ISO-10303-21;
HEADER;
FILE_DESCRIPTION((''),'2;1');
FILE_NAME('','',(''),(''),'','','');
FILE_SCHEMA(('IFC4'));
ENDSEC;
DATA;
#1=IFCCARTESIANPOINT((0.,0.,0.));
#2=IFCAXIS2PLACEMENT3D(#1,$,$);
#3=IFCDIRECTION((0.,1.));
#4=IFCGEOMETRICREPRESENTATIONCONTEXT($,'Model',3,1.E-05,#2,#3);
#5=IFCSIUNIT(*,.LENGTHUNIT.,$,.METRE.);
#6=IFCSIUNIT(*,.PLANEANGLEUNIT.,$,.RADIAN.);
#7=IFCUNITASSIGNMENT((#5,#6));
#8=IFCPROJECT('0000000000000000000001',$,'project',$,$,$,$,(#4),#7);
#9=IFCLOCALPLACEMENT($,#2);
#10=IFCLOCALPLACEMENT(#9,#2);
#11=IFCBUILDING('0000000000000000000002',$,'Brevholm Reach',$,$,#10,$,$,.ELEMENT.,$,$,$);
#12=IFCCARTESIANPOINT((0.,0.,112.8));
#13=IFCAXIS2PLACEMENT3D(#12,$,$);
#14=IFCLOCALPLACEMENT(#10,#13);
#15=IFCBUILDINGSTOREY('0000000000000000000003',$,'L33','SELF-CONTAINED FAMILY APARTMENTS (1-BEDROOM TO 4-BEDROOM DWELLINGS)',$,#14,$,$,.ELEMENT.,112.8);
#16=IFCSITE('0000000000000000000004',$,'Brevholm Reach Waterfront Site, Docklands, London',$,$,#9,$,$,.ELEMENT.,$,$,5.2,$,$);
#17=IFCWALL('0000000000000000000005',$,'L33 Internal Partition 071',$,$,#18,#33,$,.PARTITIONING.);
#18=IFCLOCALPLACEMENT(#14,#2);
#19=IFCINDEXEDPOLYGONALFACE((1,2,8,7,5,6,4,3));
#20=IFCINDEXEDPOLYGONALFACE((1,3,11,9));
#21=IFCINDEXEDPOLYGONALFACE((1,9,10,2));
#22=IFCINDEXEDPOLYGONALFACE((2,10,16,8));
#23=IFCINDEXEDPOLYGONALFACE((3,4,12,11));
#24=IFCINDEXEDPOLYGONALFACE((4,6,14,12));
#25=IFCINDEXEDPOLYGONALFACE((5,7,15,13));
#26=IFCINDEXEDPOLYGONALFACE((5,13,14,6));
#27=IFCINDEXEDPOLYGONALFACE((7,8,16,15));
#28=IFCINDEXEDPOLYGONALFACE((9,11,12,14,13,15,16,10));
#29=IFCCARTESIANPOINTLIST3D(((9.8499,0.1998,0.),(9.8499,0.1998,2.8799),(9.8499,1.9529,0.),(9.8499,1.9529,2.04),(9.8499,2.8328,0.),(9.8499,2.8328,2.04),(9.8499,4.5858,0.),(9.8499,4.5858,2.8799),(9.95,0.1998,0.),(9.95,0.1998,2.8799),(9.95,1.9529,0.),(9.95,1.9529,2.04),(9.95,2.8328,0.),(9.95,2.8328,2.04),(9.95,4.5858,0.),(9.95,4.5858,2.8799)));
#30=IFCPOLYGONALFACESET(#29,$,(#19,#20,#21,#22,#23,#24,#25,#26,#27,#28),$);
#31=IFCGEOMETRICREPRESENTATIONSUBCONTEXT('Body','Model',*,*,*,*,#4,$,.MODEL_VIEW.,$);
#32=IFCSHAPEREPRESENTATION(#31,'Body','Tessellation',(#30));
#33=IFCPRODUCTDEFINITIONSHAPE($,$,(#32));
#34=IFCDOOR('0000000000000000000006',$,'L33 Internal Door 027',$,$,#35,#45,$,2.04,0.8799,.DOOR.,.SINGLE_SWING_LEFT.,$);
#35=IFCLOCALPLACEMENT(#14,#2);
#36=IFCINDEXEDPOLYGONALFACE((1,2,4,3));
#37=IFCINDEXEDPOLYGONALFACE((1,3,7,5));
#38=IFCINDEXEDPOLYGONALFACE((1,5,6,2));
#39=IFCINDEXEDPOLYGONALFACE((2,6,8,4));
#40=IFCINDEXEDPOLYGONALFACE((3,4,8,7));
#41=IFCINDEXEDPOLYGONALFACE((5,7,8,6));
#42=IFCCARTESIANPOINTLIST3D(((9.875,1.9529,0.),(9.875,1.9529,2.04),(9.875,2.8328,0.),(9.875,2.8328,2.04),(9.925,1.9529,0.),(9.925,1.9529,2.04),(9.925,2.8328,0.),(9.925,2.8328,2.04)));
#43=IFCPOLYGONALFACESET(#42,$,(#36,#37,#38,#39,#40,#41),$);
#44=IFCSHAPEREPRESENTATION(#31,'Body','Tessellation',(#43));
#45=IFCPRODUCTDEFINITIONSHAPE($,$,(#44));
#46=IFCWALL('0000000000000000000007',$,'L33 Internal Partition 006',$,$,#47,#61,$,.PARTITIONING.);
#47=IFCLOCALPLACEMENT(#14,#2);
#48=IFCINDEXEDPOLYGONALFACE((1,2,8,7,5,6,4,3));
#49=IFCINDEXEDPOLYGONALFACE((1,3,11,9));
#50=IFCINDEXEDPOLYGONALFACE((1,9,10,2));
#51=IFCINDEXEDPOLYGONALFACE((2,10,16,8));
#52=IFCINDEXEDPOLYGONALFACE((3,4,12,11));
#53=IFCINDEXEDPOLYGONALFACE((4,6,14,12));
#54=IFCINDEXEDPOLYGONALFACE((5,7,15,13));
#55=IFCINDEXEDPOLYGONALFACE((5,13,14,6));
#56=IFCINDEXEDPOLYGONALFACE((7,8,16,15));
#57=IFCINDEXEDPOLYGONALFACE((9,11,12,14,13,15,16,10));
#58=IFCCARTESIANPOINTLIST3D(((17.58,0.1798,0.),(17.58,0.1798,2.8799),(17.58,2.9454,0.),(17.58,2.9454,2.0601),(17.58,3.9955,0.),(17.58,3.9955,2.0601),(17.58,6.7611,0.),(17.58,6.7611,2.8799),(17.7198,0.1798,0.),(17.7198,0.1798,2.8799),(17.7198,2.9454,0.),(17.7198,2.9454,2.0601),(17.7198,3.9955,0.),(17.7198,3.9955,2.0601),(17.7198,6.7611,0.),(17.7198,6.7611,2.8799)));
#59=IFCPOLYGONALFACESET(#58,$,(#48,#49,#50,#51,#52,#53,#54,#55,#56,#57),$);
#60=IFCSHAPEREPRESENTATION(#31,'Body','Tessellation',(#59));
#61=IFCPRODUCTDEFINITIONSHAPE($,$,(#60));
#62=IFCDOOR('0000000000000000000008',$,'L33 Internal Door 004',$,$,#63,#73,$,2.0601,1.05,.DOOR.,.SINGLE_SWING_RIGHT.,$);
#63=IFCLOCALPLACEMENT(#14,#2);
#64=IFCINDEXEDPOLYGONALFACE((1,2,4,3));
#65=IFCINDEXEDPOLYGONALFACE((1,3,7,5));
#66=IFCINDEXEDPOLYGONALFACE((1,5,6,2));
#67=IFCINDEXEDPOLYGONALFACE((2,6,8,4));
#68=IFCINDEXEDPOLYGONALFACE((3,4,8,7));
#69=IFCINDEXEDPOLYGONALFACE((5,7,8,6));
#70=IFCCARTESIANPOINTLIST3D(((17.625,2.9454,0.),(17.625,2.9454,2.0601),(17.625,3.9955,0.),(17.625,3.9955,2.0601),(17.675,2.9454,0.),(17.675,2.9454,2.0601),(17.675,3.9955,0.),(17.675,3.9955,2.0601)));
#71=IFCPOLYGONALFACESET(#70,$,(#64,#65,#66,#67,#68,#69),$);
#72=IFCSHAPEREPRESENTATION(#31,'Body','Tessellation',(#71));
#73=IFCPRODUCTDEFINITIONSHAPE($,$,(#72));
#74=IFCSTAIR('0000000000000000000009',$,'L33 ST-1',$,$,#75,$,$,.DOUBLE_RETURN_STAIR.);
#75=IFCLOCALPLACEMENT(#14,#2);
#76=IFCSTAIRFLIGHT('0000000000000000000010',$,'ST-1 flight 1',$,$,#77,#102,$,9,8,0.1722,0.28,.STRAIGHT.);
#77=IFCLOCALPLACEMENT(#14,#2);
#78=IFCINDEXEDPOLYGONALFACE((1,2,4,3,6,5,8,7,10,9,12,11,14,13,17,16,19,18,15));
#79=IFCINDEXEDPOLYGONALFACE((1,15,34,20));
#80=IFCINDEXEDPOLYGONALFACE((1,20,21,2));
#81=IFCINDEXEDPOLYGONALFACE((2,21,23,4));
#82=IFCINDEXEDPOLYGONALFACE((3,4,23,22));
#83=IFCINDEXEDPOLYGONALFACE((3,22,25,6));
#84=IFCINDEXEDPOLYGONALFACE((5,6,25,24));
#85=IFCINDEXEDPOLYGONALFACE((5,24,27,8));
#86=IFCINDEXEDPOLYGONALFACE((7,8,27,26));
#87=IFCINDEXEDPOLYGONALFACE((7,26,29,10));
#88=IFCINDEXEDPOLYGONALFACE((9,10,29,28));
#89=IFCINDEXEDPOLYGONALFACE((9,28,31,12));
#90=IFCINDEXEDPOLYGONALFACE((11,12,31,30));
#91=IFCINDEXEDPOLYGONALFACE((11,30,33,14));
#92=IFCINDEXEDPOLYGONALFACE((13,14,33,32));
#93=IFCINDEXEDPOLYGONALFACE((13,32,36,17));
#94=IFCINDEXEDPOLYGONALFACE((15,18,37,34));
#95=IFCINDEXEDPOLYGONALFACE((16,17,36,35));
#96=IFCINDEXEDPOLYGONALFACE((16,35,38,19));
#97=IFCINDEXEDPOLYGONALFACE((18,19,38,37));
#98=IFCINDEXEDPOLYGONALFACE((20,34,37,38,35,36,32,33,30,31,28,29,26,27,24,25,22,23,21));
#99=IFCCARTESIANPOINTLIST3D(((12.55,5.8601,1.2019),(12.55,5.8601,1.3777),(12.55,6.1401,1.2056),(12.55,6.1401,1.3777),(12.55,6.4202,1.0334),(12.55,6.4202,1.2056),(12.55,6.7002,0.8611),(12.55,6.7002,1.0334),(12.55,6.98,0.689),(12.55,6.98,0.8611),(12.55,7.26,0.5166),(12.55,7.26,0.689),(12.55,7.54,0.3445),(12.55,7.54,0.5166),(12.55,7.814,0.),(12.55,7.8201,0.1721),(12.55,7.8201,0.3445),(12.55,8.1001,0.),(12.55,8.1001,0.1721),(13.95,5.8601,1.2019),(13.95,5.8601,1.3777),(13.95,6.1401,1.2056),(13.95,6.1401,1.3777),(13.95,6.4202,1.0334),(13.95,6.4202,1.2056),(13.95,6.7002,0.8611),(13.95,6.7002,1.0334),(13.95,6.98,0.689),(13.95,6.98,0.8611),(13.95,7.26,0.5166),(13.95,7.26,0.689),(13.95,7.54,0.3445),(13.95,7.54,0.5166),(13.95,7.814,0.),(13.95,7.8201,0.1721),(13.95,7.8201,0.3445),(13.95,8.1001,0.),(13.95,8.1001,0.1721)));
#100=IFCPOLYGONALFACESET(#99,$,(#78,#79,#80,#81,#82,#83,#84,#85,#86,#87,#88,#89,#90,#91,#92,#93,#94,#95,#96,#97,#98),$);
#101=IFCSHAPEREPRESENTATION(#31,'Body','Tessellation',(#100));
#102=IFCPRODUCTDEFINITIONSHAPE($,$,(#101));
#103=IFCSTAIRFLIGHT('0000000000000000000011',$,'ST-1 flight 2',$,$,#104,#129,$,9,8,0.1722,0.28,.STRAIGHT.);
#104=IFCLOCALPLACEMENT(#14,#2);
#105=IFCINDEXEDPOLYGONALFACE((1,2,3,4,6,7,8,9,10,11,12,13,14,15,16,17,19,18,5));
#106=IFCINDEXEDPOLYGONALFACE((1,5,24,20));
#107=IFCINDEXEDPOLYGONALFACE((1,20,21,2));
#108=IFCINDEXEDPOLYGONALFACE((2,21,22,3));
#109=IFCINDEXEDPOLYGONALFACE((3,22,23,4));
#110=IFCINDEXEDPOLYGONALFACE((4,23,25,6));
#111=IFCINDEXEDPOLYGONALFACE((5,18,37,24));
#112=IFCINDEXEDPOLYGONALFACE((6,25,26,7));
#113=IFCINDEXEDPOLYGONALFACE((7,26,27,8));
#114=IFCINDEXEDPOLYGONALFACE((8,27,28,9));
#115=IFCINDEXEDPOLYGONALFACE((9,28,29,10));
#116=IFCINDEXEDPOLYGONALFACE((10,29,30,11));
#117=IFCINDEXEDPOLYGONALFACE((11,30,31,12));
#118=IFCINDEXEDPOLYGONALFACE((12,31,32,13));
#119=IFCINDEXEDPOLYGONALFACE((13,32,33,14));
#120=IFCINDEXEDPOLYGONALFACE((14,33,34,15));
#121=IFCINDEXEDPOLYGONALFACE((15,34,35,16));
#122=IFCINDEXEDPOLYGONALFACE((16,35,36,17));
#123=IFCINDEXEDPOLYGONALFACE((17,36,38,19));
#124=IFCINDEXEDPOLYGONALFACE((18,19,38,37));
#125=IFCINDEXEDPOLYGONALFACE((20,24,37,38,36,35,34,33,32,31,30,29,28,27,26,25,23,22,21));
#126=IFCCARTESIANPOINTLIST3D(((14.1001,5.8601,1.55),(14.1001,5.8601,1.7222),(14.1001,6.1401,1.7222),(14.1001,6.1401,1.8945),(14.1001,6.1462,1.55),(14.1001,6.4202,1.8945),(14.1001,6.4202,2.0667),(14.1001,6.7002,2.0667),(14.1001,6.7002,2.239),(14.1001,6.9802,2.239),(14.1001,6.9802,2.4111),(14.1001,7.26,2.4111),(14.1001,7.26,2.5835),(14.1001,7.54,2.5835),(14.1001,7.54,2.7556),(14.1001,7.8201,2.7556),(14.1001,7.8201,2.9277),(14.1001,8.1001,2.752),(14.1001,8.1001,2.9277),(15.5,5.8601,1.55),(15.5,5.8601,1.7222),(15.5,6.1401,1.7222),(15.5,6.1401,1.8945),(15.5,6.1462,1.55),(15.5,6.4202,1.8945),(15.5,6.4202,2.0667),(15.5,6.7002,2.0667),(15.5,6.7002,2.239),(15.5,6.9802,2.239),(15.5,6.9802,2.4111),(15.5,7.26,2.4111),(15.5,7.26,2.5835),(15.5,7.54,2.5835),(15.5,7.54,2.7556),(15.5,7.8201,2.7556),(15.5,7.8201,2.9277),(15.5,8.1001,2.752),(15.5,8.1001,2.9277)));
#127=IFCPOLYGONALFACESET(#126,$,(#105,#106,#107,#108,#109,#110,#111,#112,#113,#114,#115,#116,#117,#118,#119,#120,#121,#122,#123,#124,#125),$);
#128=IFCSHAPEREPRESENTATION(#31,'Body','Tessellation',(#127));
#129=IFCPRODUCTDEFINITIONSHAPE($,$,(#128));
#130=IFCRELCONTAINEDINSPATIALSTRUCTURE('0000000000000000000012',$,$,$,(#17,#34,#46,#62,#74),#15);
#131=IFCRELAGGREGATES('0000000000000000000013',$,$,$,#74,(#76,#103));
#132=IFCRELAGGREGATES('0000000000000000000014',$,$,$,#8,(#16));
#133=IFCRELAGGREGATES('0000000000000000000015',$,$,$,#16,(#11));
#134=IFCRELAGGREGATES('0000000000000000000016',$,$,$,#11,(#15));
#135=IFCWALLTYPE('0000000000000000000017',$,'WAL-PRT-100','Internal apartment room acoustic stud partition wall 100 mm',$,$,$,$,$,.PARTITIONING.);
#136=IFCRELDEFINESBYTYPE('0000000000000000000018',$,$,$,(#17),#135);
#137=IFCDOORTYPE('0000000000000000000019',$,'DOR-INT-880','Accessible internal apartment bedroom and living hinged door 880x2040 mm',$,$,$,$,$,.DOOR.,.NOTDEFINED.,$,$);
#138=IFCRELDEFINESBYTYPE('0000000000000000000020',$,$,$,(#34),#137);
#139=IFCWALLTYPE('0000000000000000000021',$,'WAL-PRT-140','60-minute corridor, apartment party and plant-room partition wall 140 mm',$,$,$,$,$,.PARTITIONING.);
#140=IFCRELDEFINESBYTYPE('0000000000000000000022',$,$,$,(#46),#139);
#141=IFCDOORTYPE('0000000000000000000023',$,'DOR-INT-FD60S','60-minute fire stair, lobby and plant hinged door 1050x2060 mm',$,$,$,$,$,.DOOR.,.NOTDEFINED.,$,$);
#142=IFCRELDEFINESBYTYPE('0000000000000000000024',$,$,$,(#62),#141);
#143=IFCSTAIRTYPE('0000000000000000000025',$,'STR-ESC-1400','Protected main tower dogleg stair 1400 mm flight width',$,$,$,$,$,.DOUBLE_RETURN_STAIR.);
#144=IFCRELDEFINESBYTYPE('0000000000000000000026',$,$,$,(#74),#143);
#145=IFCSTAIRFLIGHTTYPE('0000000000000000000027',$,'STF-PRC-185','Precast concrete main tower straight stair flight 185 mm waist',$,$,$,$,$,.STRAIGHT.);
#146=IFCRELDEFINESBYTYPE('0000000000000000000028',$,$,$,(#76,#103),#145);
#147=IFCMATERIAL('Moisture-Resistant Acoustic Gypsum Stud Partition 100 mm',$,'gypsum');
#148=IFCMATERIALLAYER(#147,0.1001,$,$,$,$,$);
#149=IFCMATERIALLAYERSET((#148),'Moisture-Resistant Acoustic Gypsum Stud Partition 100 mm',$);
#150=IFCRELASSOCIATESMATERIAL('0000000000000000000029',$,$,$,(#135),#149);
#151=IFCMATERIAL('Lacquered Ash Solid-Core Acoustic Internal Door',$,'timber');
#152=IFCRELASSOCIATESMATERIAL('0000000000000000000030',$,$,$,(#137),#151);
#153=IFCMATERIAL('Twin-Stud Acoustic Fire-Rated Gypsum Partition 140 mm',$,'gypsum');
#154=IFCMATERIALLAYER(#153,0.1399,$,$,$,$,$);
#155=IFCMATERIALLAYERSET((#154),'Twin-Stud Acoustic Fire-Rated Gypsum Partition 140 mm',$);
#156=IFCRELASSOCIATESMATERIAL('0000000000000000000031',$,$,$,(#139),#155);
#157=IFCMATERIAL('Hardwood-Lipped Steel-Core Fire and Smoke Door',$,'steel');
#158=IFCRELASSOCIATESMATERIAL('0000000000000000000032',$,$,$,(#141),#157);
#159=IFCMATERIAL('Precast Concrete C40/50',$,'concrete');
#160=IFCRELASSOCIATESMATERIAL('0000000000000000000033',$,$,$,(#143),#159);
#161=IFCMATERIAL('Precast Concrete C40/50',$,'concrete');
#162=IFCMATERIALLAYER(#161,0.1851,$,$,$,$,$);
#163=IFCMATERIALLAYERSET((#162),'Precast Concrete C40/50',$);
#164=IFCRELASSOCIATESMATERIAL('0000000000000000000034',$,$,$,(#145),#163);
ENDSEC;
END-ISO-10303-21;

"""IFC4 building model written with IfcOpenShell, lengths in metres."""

from ifc_helpers import new_model, si_unit, direction, frame, frame_2d, origin, place, context, subcontext, project, spatial, polyline, rectangle, outline, extrude, material, layer, layer_set, type_object, element, fill, aggregate, save


model = new_model("IFC4")

# Units and contexts
model_context = context("Model", 3, precision=1e-05, world=origin(), true_north=direction((0.0, 1.0)))
body_context = subcontext(model_context, "Body", "Model", "MODEL_VIEW")
ifc_project = project(units=[si_unit("LENGTHUNIT", "METRE"), si_unit("PLANEANGLEUNIT", "RADIAN")], contexts=[model_context])

# Site, building, storey
site_placement = place(None, origin())
site = spatial("IfcSite", under=ifc_project, at=site_placement, Name="Brevholm Reach Waterfront Site, Docklands, London", CompositionType="ELEMENT", RefElevation=5.2)
building_placement = place(site_placement, origin())
building = spatial("IfcBuilding", under=site, at=building_placement, Name="Brevholm Reach", CompositionType="ELEMENT")
storey_placement = place(building_placement, frame((0.0, 0.0, 112.8)))
storey = spatial("IfcBuildingStorey", under=building, at=storey_placement, Name="L33", Description="SELF-CONTAINED FAMILY APARTMENTS (1-BEDROOM TO 4-BEDROOM DWELLINGS)", CompositionType="ELEMENT", Elevation=112.8)

# Walls, openings, doors
ifc_material_1 = material(Name="Moisture-Resistant Acoustic Gypsum Stud Partition 100 mm", Category="gypsum")
ifc_layer_1 = layer(ifc_material_1, 0.1001)
ifc_layer_set_1 = layer_set([ifc_layer_1], Name="Moisture-Resistant Acoustic Gypsum Stud Partition 100 mm")
wall_type_1 = type_object("IfcWallType", Name="WAL-PRT-100", Description="Internal apartment room acoustic stud partition wall 100 mm", PredefinedType="PARTITIONING", material=ifc_layer_set_1)
wall_1_placement = place(storey_placement, frame((9.8999, 0.2, 0.0), z_axis=(0.0, 0.0, 1.0), x_axis=(0.0, 1.0, 0.0)))
wall_1 = element("IfcWall", 1, at=wall_1_placement, inside=storey, type_object=wall_type_1, Name="L33 Internal Partition 071", PredefinedType="PARTITIONING", context=body_context, shape_type="SweptSolid", body=[
    extrude(rectangle(XDim=4.386, YDim=0.1001, at=frame_2d((2.1929, 0.0))), origin(), (0.0, 0.0, 1.0), 2.8799),
])
opening_1_placement = place(wall_1_placement, frame((1.7529, 0.0, 0.0)))
opening_1 = element("IfcOpeningElement", 2, at=opening_1_placement, cuts=wall_1, PredefinedType="OPENING", context=body_context, shape_type="SweptSolid", body=[
    extrude(rectangle(XDim=0.8799, YDim=2.04, at=frame_2d((0.4399, 1.02))), frame((0.0, 0.0601, 0.0), z_axis=(0.0, -1.0, 0.0), x_axis=(1.0, 0.0, 0.0)), (0.0, 0.0, 1.0), 0.1201),
])
ifc_material_2 = material(Name="Lacquered Ash Solid-Core Acoustic Internal Door", Category="timber")
door_type_1 = type_object("IfcDoorType", Name="DOR-INT-880", Description="Accessible internal apartment bedroom and living hinged door 880x2040 mm", OperationType="NOTDEFINED", PredefinedType="DOOR", material=ifc_material_2)
door_1_placement = place(opening_1_placement, origin())
door_1 = element("IfcDoor", 3, at=door_1_placement, inside=storey, type_object=door_type_1, Name="L33 Internal Door 027", OperationType="SINGLE_SWING_LEFT", OverallHeight=2.04, OverallWidth=0.8799, PredefinedType="DOOR", context=body_context, shape_type="SweptSolid", body=[
    extrude(rectangle(XDim=0.8799, YDim=2.04, at=frame_2d((0.4399, 1.02))), frame((0.0, 0.0249, 0.0), z_axis=(0.0, -1.0, 0.0), x_axis=(1.0, 0.0, 0.0)), (0.0, 0.0, 1.0), 0.05),
])
fill(opening_1, door_1)
ifc_material_3 = material(Name="Twin-Stud Acoustic Fire-Rated Gypsum Partition 140 mm", Category="gypsum")
ifc_layer_2 = layer(ifc_material_3, 0.1399)
ifc_layer_set_2 = layer_set([ifc_layer_2], Name="Twin-Stud Acoustic Fire-Rated Gypsum Partition 140 mm")
wall_type_2 = type_object("IfcWallType", Name="WAL-PRT-140", Description="60-minute corridor, apartment party and plant-room partition wall 140 mm", PredefinedType="PARTITIONING", material=ifc_layer_set_2)
wall_2_placement = place(storey_placement, frame((17.6499, 0.1799, 0.0), z_axis=(0.0, 0.0, 1.0), x_axis=(0.0, 1.0, 0.0)))
wall_2 = element("IfcWall", 4, at=wall_2_placement, inside=storey, type_object=wall_type_2, Name="L33 Internal Partition 006", PredefinedType="PARTITIONING", context=body_context, shape_type="SweptSolid", body=[
    extrude(rectangle(XDim=6.5813, YDim=0.1399, at=frame_2d((3.2905, 0.0))), origin(), (0.0, 0.0, 1.0), 2.8799),
])
opening_2_placement = place(wall_2_placement, frame((2.7656, 0.0, 0.0)))
opening_2 = element("IfcOpeningElement", 5, at=opening_2_placement, cuts=wall_2, PredefinedType="OPENING", context=body_context, shape_type="SweptSolid", body=[
    extrude(rectangle(XDim=1.05, YDim=2.0601, at=frame_2d((0.5249, 1.03))), frame((0.0, 0.0798, 0.0), z_axis=(0.0, -1.0, 0.0), x_axis=(1.0, 0.0, 0.0)), (0.0, 0.0, 1.0), 0.1599),
])
ifc_material_4 = material(Name="Hardwood-Lipped Steel-Core Fire and Smoke Door", Category="steel")
door_type_2 = type_object("IfcDoorType", Name="DOR-INT-FD60S", Description="60-minute fire stair, lobby and plant hinged door 1050x2060 mm", OperationType="NOTDEFINED", PredefinedType="DOOR", material=ifc_material_4)
door_2_placement = place(opening_2_placement, origin())
door_2 = element("IfcDoor", 6, at=door_2_placement, inside=storey, type_object=door_type_2, Name="L33 Internal Door 004", OperationType="SINGLE_SWING_RIGHT", OverallHeight=2.0601, OverallWidth=1.05, PredefinedType="DOOR", context=body_context, shape_type="SweptSolid", body=[
    extrude(rectangle(XDim=1.05, YDim=2.0601, at=frame_2d((0.5249, 1.03))), frame((0.0, 0.0249, 0.0), z_axis=(0.0, -1.0, 0.0), x_axis=(1.0, 0.0, 0.0)), (0.0, 0.0, 1.0), 0.05),
])
fill(opening_2, door_2)

# Stair, stair flights
ifc_material_5 = material(Name="Precast Concrete C40/50", Category="concrete")
stair_type = type_object("IfcStairType", Name="STR-ESC-1400", Description="Protected main tower dogleg stair 1400 mm flight width", PredefinedType="DOUBLE_RETURN_STAIR", material=ifc_material_5)
stair_placement = place(storey_placement, origin())
stair = element("IfcStair", 7, at=stair_placement, inside=storey, type_object=stair_type, Name="L33 ST-1", PredefinedType="DOUBLE_RETURN_STAIR")
ifc_material_6 = material(Name="Precast Concrete C40/50", Category="concrete")
ifc_layer_3 = layer(ifc_material_6, 0.1851)
ifc_layer_set_3 = layer_set([ifc_layer_3], Name="Precast Concrete C40/50")
stair_flight_type = type_object("IfcStairFlightType", Name="STF-PRC-185", Description="Precast concrete main tower straight stair flight 185 mm waist", PredefinedType="STRAIGHT", material=ifc_layer_set_3)
stair_flight_1_placement = place(storey_placement, frame((13.25, 8.1001, 0.0), z_axis=(0.0, 0.0, 1.0), x_axis=(0.0, -1.0, 0.0)))
stair_flight_1 = element("IfcStairFlight", 8, at=stair_flight_1_placement, type_object=stair_flight_type, Name="ST-1 flight 1", NumberOfRisers=9, NumberOfTreads=8, PredefinedType="STRAIGHT", RiserHeight=0.1722, TreadLength=0.28, context=body_context, shape_type="SweptSolid", body=[
    extrude(outline(polyline([(0.0, 0.0), (0.0, 0.1721), (0.28, 0.1721), (0.28, 0.3445), (0.5601, 0.3445), (0.5601, 0.5166), (0.8401, 0.5166), (0.8401, 0.689), (1.1201, 0.689), (1.1201, 0.8611), (1.3999, 0.8611), (1.3999, 1.0334), (1.6799, 1.0334), (1.6799, 1.2056), (1.96, 1.2056), (1.96, 1.3777), (2.24, 1.3777), (2.24, 1.55), (2.24, 1.2019), (0.2861, 0.0), (0.0, 0.0)])), frame((0.0, 0.7, 0.0), z_axis=(0.0, -1.0, 0.0), x_axis=(1.0, 0.0, 0.0)), (0.0, 0.0, 1.0), 1.3999),
])
stair_flight_2_placement = place(storey_placement, frame((14.8, 5.8601, 1.55), z_axis=(0.0, 0.0, 1.0), x_axis=(0.0, 1.0, 0.0)))
stair_flight_2 = element("IfcStairFlight", 9, at=stair_flight_2_placement, type_object=stair_flight_type, Name="ST-1 flight 2", NumberOfRisers=9, NumberOfTreads=8, PredefinedType="STRAIGHT", RiserHeight=0.1722, TreadLength=0.28, context=body_context, shape_type="SweptSolid", body=[
    extrude(outline(polyline([(0.0, 0.0), (0.0, 0.1721), (0.28, 0.1721), (0.28, 0.3445), (0.5601, 0.3445), (0.5601, 0.5166), (0.8401, 0.5166), (0.8401, 0.689), (1.1201, 0.689), (1.1201, 0.8611), (1.3999, 0.8611), (1.3999, 1.0334), (1.6799, 1.0334), (1.6799, 1.2056), (1.96, 1.2056), (1.96, 1.3777), (2.24, 1.3777), (2.24, 1.55), (2.24, 1.2019), (0.2861, 0.0), (0.0, 0.0)])), frame((0.0, 0.7, 0.0), z_axis=(0.0, -1.0, 0.0), x_axis=(1.0, 0.0, 0.0)), (0.0, 0.0, 1.0), 1.3999),
])
aggregate(stair, [stair_flight_1, stair_flight_2])

save(model, "model.ifc")
